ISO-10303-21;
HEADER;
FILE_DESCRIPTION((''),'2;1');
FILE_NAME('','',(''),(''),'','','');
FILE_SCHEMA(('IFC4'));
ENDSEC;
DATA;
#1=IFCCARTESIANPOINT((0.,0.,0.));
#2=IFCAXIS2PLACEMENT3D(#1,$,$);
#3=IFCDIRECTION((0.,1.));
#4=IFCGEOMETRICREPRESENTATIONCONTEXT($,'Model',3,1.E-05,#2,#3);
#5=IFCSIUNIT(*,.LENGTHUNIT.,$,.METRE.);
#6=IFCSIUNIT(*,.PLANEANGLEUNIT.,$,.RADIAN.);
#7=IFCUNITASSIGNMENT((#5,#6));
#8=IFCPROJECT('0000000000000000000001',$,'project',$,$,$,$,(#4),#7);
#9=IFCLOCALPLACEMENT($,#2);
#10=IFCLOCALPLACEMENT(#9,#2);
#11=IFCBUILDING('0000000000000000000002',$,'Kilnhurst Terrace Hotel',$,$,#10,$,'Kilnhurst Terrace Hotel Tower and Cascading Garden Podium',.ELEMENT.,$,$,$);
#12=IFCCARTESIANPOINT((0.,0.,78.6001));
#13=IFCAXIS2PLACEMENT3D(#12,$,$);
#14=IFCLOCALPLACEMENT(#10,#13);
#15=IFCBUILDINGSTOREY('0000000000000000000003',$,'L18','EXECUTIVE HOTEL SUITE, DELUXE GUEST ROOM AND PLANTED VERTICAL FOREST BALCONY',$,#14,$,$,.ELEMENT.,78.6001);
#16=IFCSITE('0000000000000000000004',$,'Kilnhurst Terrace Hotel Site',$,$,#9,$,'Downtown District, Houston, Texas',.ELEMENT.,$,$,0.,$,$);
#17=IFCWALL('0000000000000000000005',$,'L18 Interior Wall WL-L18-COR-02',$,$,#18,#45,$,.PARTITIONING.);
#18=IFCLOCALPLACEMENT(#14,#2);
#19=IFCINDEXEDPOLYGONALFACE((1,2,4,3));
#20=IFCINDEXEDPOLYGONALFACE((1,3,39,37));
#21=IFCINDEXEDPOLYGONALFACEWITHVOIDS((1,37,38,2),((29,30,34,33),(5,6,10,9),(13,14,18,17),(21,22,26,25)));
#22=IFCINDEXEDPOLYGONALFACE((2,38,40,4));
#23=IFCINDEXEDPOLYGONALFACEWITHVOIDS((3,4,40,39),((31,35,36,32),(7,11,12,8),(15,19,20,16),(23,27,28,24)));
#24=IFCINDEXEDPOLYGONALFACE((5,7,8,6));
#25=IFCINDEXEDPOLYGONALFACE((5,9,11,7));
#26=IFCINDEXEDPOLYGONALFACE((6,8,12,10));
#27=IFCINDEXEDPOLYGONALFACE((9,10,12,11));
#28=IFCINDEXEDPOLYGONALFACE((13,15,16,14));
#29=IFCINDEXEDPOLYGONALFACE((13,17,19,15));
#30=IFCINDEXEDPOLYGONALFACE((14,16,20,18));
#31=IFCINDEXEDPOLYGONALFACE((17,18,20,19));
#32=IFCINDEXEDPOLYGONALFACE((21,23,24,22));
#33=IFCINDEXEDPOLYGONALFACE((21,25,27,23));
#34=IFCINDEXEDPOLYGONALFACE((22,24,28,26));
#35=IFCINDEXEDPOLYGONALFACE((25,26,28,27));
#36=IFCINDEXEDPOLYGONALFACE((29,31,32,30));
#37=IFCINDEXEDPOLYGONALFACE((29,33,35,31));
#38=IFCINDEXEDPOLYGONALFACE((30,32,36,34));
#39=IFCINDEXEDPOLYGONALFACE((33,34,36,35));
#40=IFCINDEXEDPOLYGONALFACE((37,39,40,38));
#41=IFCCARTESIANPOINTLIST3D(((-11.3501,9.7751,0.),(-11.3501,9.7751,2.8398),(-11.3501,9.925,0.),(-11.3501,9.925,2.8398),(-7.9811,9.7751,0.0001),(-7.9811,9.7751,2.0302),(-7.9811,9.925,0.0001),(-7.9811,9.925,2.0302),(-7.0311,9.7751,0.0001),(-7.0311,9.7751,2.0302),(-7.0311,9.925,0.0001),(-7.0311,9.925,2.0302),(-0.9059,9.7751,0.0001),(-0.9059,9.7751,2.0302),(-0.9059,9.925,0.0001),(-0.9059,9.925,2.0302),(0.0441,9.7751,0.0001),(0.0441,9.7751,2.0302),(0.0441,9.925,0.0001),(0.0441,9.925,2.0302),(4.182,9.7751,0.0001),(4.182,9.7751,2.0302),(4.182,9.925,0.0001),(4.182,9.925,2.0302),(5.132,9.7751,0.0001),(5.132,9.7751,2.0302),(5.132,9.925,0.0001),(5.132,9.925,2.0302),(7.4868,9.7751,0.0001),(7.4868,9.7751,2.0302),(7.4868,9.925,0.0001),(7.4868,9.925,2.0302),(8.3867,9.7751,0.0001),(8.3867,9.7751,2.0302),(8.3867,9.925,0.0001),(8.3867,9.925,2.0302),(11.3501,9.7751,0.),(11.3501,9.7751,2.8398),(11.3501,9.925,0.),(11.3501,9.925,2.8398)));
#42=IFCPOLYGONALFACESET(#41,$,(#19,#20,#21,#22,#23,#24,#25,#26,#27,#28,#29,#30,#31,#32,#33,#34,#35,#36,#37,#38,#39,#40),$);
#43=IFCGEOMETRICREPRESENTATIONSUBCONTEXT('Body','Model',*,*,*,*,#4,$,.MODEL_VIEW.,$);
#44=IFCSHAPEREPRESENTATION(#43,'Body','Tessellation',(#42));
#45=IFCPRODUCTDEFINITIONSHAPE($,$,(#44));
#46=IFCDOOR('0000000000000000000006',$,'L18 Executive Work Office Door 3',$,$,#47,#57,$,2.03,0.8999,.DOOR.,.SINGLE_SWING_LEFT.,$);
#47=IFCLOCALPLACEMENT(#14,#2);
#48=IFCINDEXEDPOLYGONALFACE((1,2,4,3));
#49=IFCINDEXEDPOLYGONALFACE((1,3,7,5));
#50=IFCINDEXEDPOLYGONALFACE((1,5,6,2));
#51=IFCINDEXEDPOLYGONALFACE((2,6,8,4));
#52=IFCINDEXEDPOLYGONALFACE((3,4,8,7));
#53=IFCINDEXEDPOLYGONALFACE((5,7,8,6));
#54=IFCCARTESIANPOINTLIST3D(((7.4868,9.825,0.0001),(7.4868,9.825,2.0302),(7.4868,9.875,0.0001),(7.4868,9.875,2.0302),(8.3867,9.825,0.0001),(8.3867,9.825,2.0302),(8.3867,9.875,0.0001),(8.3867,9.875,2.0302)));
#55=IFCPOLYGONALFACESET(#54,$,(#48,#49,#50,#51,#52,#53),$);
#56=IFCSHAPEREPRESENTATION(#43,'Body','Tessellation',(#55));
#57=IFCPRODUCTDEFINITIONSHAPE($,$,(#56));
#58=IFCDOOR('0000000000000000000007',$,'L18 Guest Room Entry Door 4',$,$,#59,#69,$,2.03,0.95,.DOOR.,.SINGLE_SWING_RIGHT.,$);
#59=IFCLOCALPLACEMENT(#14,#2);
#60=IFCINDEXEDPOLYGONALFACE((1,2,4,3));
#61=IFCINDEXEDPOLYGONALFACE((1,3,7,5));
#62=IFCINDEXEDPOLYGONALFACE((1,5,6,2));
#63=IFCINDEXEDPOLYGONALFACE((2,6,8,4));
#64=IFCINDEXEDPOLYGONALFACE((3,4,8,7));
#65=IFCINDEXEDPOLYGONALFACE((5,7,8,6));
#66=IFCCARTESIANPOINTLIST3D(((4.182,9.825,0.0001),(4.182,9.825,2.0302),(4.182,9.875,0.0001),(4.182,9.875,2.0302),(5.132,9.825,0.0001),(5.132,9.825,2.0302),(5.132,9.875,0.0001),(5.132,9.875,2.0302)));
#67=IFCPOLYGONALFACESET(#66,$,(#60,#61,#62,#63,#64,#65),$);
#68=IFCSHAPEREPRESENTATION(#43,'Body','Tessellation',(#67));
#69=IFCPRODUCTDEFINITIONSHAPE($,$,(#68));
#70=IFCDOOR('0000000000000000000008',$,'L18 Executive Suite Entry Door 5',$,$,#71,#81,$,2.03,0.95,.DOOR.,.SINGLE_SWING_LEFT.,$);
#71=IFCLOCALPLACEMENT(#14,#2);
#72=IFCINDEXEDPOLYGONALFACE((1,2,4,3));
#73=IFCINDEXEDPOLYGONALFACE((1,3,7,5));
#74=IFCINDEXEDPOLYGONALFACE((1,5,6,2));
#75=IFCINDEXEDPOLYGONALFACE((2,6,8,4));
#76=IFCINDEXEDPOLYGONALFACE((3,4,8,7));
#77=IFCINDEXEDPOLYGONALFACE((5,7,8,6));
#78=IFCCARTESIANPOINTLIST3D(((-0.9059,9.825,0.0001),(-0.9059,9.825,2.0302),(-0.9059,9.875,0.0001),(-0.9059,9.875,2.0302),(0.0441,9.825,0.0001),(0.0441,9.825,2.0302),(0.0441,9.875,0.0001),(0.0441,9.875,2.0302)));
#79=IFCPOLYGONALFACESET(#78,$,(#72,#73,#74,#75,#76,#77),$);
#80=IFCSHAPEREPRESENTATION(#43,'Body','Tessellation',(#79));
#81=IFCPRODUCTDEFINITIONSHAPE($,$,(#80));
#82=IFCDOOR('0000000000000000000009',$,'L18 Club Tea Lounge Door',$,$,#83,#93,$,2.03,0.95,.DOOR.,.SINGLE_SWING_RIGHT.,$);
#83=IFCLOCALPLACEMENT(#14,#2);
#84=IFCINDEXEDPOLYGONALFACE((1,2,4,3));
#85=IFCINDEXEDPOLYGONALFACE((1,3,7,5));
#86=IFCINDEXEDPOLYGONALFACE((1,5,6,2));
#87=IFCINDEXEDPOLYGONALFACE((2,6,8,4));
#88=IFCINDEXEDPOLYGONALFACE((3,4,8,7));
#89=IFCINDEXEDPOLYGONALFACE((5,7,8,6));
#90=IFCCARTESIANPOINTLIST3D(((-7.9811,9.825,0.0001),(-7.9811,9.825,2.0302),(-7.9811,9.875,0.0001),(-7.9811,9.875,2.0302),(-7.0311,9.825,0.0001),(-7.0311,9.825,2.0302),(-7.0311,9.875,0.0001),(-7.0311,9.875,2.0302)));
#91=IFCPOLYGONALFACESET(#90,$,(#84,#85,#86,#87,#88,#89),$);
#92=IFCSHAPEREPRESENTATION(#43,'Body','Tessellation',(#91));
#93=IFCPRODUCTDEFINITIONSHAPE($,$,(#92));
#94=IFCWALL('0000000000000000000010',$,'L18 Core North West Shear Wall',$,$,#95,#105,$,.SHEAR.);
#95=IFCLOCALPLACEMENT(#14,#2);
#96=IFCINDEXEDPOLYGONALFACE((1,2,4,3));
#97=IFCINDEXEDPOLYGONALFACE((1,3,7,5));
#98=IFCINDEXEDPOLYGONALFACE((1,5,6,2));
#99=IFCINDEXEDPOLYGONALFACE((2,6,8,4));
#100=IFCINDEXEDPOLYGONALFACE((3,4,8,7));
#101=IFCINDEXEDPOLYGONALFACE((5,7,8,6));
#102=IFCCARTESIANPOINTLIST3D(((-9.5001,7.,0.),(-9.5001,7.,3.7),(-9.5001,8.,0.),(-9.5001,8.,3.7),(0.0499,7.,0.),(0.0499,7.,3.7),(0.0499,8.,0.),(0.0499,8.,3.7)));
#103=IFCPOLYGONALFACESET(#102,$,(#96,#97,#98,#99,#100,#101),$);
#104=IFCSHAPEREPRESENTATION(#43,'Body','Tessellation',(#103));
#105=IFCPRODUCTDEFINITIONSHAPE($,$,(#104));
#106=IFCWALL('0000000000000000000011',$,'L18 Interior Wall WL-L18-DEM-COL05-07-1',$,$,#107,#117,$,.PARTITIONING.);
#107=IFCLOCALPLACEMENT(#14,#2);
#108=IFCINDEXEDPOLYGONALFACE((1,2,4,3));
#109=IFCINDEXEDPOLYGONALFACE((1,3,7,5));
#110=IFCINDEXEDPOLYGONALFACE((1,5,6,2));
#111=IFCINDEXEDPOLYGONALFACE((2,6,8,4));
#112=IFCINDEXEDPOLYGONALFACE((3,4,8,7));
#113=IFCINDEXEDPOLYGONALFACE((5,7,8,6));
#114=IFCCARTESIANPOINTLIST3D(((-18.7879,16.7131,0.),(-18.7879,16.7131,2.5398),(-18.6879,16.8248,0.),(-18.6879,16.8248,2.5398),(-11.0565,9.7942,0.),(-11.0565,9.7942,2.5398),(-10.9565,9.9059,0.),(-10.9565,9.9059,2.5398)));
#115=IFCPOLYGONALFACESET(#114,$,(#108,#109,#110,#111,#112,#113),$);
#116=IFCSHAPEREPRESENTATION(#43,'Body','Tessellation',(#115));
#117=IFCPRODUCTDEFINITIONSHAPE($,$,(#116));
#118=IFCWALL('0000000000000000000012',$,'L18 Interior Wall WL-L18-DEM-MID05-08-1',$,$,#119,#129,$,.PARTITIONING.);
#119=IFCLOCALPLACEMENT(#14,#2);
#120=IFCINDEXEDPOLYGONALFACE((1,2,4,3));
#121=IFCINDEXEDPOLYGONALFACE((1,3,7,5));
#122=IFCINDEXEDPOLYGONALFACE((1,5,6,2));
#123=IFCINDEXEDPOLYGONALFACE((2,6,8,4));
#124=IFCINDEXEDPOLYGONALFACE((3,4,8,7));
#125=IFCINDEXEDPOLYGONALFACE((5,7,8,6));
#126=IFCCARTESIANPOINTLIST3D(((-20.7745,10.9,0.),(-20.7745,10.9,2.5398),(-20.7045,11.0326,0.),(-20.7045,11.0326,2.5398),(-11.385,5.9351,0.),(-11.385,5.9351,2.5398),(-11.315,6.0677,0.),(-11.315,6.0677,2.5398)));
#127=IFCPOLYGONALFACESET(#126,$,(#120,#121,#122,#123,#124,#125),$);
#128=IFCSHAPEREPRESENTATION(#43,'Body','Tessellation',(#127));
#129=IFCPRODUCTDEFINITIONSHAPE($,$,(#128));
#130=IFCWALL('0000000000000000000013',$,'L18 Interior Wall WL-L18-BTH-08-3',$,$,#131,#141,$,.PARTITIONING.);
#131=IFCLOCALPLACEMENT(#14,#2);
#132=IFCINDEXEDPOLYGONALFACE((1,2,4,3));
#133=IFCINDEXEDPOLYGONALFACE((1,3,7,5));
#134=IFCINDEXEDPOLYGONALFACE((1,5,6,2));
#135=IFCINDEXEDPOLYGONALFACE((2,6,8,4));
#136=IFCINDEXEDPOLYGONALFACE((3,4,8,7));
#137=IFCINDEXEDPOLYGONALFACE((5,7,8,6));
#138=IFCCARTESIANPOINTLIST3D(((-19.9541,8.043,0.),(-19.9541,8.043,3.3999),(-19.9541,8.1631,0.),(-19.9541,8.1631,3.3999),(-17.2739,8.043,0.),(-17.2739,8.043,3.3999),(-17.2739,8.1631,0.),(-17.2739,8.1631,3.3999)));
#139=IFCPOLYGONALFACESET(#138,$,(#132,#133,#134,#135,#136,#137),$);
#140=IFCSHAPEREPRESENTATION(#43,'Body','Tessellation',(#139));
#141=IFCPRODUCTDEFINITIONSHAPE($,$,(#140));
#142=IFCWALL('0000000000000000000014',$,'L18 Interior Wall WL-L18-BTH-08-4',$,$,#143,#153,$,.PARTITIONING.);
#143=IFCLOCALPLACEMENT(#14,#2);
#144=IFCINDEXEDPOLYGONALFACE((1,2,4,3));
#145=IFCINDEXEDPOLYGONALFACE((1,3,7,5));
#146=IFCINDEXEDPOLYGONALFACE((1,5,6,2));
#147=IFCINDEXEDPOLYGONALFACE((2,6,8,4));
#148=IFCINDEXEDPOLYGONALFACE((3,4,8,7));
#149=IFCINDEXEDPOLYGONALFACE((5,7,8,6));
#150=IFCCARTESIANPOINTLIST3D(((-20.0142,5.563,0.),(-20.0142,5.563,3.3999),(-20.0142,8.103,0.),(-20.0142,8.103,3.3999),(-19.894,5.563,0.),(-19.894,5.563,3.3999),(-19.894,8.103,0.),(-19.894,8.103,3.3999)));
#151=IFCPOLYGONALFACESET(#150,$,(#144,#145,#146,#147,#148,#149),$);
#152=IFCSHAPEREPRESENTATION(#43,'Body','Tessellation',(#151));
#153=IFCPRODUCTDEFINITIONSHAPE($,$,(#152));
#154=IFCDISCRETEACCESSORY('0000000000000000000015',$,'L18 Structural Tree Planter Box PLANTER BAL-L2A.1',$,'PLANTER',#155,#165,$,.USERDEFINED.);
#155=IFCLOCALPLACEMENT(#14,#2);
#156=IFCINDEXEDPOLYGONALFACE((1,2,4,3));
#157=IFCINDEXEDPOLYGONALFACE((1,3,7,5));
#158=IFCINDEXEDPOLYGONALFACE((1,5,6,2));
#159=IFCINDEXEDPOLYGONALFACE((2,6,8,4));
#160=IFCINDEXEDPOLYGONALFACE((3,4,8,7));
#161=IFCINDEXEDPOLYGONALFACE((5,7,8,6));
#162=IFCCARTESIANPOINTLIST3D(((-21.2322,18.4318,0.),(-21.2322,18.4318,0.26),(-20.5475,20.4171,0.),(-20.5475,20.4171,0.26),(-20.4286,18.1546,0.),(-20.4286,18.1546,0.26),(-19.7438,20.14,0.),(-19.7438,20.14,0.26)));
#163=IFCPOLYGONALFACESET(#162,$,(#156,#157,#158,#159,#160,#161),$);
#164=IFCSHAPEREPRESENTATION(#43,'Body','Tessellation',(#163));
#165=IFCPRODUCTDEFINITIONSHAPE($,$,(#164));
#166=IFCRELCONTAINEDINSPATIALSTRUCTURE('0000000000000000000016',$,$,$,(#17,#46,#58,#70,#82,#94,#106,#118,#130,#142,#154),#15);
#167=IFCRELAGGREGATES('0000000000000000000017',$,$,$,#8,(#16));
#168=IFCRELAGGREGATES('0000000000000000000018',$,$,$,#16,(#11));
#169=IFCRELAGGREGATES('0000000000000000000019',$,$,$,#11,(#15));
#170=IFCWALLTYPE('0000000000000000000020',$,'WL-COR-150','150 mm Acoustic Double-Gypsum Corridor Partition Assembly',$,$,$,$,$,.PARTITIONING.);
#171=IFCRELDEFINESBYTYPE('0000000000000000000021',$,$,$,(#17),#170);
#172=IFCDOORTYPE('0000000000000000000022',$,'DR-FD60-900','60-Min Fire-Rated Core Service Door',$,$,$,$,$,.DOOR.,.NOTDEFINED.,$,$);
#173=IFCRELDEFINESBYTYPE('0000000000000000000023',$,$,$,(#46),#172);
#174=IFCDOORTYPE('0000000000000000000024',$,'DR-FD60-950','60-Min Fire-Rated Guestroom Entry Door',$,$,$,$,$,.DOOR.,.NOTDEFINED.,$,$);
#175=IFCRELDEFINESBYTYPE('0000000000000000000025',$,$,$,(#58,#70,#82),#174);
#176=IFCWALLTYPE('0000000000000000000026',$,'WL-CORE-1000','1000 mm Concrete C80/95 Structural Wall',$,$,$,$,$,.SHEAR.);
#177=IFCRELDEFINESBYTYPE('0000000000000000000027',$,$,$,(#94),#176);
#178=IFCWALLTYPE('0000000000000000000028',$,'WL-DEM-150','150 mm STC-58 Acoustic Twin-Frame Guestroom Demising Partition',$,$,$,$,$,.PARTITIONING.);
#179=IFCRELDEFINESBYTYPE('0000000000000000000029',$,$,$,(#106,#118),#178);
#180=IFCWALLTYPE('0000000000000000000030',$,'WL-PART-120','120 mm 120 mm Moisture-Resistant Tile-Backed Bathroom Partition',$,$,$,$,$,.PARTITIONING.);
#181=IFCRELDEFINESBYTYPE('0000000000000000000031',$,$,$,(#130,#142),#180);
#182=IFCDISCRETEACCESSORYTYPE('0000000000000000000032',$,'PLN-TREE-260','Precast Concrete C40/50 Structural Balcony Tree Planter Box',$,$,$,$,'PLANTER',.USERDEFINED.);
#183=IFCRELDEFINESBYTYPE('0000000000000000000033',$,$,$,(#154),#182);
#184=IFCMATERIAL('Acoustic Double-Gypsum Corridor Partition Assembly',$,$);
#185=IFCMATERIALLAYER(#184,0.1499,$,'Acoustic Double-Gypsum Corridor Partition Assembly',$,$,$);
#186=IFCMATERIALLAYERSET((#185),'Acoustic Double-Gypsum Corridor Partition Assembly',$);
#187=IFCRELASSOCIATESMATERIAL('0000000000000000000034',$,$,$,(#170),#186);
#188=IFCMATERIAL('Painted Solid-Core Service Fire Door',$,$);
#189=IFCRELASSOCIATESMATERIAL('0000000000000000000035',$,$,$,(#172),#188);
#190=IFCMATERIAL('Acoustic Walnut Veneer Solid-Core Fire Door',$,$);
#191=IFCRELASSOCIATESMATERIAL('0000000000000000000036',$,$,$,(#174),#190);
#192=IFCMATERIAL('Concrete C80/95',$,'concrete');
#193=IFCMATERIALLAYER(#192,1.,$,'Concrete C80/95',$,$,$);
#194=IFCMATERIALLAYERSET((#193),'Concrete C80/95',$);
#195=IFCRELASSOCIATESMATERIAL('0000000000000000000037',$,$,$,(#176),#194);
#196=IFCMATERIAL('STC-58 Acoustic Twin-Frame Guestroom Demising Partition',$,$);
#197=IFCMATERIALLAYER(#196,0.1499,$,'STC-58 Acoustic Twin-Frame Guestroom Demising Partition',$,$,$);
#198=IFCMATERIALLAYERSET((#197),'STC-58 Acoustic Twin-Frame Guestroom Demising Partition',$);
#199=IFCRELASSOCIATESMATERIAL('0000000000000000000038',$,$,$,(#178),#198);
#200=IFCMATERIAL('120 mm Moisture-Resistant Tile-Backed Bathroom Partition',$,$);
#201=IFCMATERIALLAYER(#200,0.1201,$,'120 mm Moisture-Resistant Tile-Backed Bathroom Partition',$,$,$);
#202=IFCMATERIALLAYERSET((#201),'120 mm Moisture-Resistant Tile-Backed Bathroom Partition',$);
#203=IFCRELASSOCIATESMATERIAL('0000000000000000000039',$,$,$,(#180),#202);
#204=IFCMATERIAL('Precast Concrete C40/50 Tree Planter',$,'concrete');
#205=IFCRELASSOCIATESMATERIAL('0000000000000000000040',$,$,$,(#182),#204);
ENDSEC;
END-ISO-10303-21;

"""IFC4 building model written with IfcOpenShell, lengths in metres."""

from ifc_helpers import new_model, si_unit, direction, frame, frame_2d, origin, origin_2d, place, context, subcontext, project, spatial, rectangle, extrude, material, layer, layer_set, type_object, element, fill, save


model = new_model("IFC4")

# Units and contexts
model_context = context("Model", 3, precision=1e-05, world=origin(), true_north=direction((0.0, 1.0)))
body_context = subcontext(model_context, "Body", "Model", "MODEL_VIEW")
ifc_project = project(units=[si_unit("LENGTHUNIT", "METRE"), si_unit("PLANEANGLEUNIT", "RADIAN")], contexts=[model_context])

# Site, building, storey
site_placement = place(None, origin())
site = spatial("IfcSite", under=ifc_project, at=site_placement, Name="Kilnhurst Terrace Hotel Site", LongName="Downtown District, Houston, Texas", CompositionType="ELEMENT", RefElevation=0.0)
building_placement = place(site_placement, origin())
building = spatial("IfcBuilding", under=site, at=building_placement, Name="Kilnhurst Terrace Hotel", LongName="Kilnhurst Terrace Hotel Tower and Cascading Garden Podium", CompositionType="ELEMENT")
storey_placement = place(building_placement, frame((0.0, 0.0, 78.6001)))
storey = spatial("IfcBuildingStorey", under=building, at=storey_placement, Name="L18", Description="EXECUTIVE HOTEL SUITE, DELUXE GUEST ROOM AND PLANTED VERTICAL FOREST BALCONY", CompositionType="ELEMENT", Elevation=78.6001)

# Shared definitions
ifc_material_1 = material(Name="Concrete C80/95", Category="concrete")

# Wall, openings, doors
ifc_material_2 = material(Name="Acoustic Double-Gypsum Corridor Partition Assembly")
ifc_layer_1 = layer(ifc_material_2, 0.1499, Name="Acoustic Double-Gypsum Corridor Partition Assembly")
ifc_layer_set_1 = layer_set([ifc_layer_1], Name="Acoustic Double-Gypsum Corridor Partition Assembly")
wall_type_1 = type_object("IfcWallType", Name="WL-COR-150", Description="150 mm Acoustic Double-Gypsum Corridor Partition Assembly", PredefinedType="PARTITIONING", material=ifc_layer_set_1)
wall_1_placement = place(storey_placement, frame((-11.3501, 9.8501, 0.0), z_axis=(0.0, 0.0, 1.0), x_axis=(1.0, 0.0, 0.0)))
wall_1 = element("IfcWall", 1, at=wall_1_placement, inside=storey, type_object=wall_type_1, Name="L18 Interior Wall WL-L18-COR-02", PredefinedType="PARTITIONING", context=body_context, shape_type="SweptSolid", body=[
    extrude(rectangle(XDim=22.7002, YDim=0.1499, at=frame_2d((11.3501, 0.0))), origin(), (0.0, 0.0, 1.0), 2.8398),
])
opening_1_placement = place(wall_1_placement, frame((18.8369, 0.0, 0.0)))
opening_1 = element("IfcOpeningElement", 2, at=opening_1_placement, cuts=wall_1, PredefinedType="OPENING", context=body_context, shape_type="SweptSolid", body=[
    extrude(rectangle(XDim=0.8999, YDim=2.03, at=frame_2d((0.45, 1.0151))), frame((0.0, 0.085, 0.0), z_axis=(0.0, -1.0, 0.0), x_axis=(1.0, 0.0, 0.0)), (0.0, 0.0, 1.0), 0.1699),
])
opening_2_placement = place(wall_1_placement, frame((15.532, 0.0, 0.0)))
opening_2 = element("IfcOpeningElement", 3, at=opening_2_placement, cuts=wall_1, PredefinedType="OPENING", context=body_context, shape_type="SweptSolid", body=[
    extrude(rectangle(XDim=0.95, YDim=2.03, at=frame_2d((0.4751, 1.0151))), frame((0.0, 0.085, 0.0), z_axis=(0.0, -1.0, 0.0), x_axis=(1.0, 0.0, 0.0)), (0.0, 0.0, 1.0), 0.1699),
])
opening_3_placement = place(wall_1_placement, frame((10.4441, 0.0, 0.0)))
opening_3 = element("IfcOpeningElement", 4, at=opening_3_placement, cuts=wall_1, PredefinedType="OPENING", context=body_context, shape_type="SweptSolid", body=[
    extrude(rectangle(XDim=0.95, YDim=2.03, at=frame_2d((0.4751, 1.0151))), frame((0.0, 0.085, 0.0), z_axis=(0.0, -1.0, 0.0), x_axis=(1.0, 0.0, 0.0)), (0.0, 0.0, 1.0), 0.1699),
])
opening_4_placement = place(wall_1_placement, frame((3.3689, 0.0, 0.0)))
opening_4 = element("IfcOpeningElement", 5, at=opening_4_placement, cuts=wall_1, PredefinedType="OPENING", context=body_context, shape_type="SweptSolid", body=[
    extrude(rectangle(XDim=0.95, YDim=2.03, at=frame_2d((0.4751, 1.0151))), frame((0.0, 0.085, 0.0), z_axis=(0.0, -1.0, 0.0), x_axis=(1.0, 0.0, 0.0)), (0.0, 0.0, 1.0), 0.1699),
])
ifc_material_3 = material(Name="Painted Solid-Core Service Fire Door")
door_type_1 = type_object("IfcDoorType", Name="DR-FD60-900", Description="60-Min Fire-Rated Core Service Door", OperationType="NOTDEFINED", PredefinedType="DOOR", material=ifc_material_3)
door_1_placement = place(opening_1_placement, origin())
door_1 = element("IfcDoor", 6, at=door_1_placement, inside=storey, type_object=door_type_1, Name="L18 Executive Work Office Door 3", OperationType="SINGLE_SWING_LEFT", OverallHeight=2.03, OverallWidth=0.8999, PredefinedType="DOOR", context=body_context, shape_type="SweptSolid", body=[
    extrude(rectangle(XDim=0.8999, YDim=2.03, at=frame_2d((0.45, 1.0151))), frame((0.0, 0.0249, 0.0), z_axis=(0.0, -1.0, 0.0), x_axis=(1.0, 0.0, 0.0)), (0.0, 0.0, 1.0), 0.05),
])
fill(opening_1, door_1)
ifc_material_4 = material(Name="Acoustic Walnut Veneer Solid-Core Fire Door")
door_type_2 = type_object("IfcDoorType", Name="DR-FD60-950", Description="60-Min Fire-Rated Guestroom Entry Door", OperationType="NOTDEFINED", PredefinedType="DOOR", material=ifc_material_4)
door_2_placement = place(opening_2_placement, origin())
door_2 = element("IfcDoor", 7, at=door_2_placement, inside=storey, type_object=door_type_2, Name="L18 Guest Room Entry Door 4", OperationType="SINGLE_SWING_RIGHT", OverallHeight=2.03, OverallWidth=0.95, PredefinedType="DOOR", context=body_context, shape_type="SweptSolid", body=[
    extrude(rectangle(XDim=0.95, YDim=2.03, at=frame_2d((0.4751, 1.0151))), frame((0.0, 0.0249, 0.0), z_axis=(0.0, -1.0, 0.0), x_axis=(1.0, 0.0, 0.0)), (0.0, 0.0, 1.0), 0.05),
])
fill(opening_2, door_2)
door_3_placement = place(opening_3_placement, origin())
door_3 = element("IfcDoor", 8, at=door_3_placement, inside=storey, type_object=door_type_2, Name="L18 Executive Suite Entry Door 5", OperationType="SINGLE_SWING_LEFT", OverallHeight=2.03, OverallWidth=0.95, PredefinedType="DOOR", context=body_context, shape_type="SweptSolid", body=[
    extrude(rectangle(XDim=0.95, YDim=2.03, at=frame_2d((0.4751, 1.0151))), frame((0.0, 0.0249, 0.0), z_axis=(0.0, -1.0, 0.0), x_axis=(1.0, 0.0, 0.0)), (0.0, 0.0, 1.0), 0.05),
])
fill(opening_3, door_3)
door_4_placement = place(opening_4_placement, origin())
door_4 = element("IfcDoor", 9, at=door_4_placement, inside=storey, type_object=door_type_2, Name="L18 Club Tea Lounge Door", OperationType="SINGLE_SWING_RIGHT", OverallHeight=2.03, OverallWidth=0.95, PredefinedType="DOOR", context=body_context, shape_type="SweptSolid", body=[
    extrude(rectangle(XDim=0.95, YDim=2.03, at=frame_2d((0.4751, 1.0151))), frame((0.0, 0.0249, 0.0), z_axis=(0.0, -1.0, 0.0), x_axis=(1.0, 0.0, 0.0)), (0.0, 0.0, 1.0), 0.05),
])
fill(opening_4, door_4)

# Walls
ifc_layer_2 = layer(ifc_material_1, 1.0, Name="Concrete C80/95")
ifc_layer_set_2 = layer_set([ifc_layer_2], Name="Concrete C80/95")
wall_type_2 = type_object("IfcWallType", Name="WL-CORE-1000", Description="1000 mm Concrete C80/95 Structural Wall", PredefinedType="SHEAR", material=ifc_layer_set_2)
wall_2_placement = place(storey_placement, frame((-9.5, 7.5, 0.0), z_axis=(0.0, 0.0, 1.0), x_axis=(1.0, 0.0, 0.0)))
element("IfcWall", 10, at=wall_2_placement, inside=storey, type_object=wall_type_2, Name="L18 Core North West Shear Wall", PredefinedType="SHEAR", context=body_context, shape_type="SweptSolid", body=[
    extrude(rectangle(XDim=9.55, YDim=1.0, at=frame_2d((4.7749, 0.0))), origin(), (0.0, 0.0, 1.0), 3.7),
])
ifc_material_5 = material(Name="STC-58 Acoustic Twin-Frame Guestroom Demising Partition")
ifc_layer_3 = layer(ifc_material_5, 0.1499, Name="STC-58 Acoustic Twin-Frame Guestroom Demising Partition")
ifc_layer_set_3 = layer_set([ifc_layer_3], Name="STC-58 Acoustic Twin-Frame Guestroom Demising Partition")
wall_type_3 = type_object("IfcWallType", Name="WL-DEM-150", Description="150 mm STC-58 Acoustic Twin-Frame Guestroom Demising Partition", PredefinedType="PARTITIONING", material=ifc_layer_set_3)
wall_3_placement = place(storey_placement, frame((-11.0066, 9.8501, 0.0), z_axis=(0.0, 0.0, 1.0), x_axis=(-0.745177, 0.666866, 0.0)))
element("IfcWall", 11, at=wall_3_placement, inside=storey, type_object=wall_type_3, Name="L18 Interior Wall WL-L18-DEM-COL05-07-1", PredefinedType="PARTITIONING", context=body_context, shape_type="SweptSolid", body=[
    extrude(rectangle(XDim=10.3752, YDim=0.1499, at=frame_2d((5.1875, 0.0))), origin(), (0.0, 0.0, 1.0), 2.5398),
])
wall_4_placement = place(storey_placement, frame((-11.3501, 6.0015, 0.0), z_axis=(0.0, 0.0, 1.0), x_axis=(-0.884022, 0.467445, 0.0)))
element("IfcWall", 12, at=wall_4_placement, inside=storey, type_object=wall_type_3, Name="L18 Interior Wall WL-L18-DEM-MID05-08-1", PredefinedType="PARTITIONING", context=body_context, shape_type="SweptSolid", body=[
    extrude(rectangle(XDim=10.6213, YDim=0.1499, at=frame_2d((5.3105, 0.0))), origin(), (0.0, 0.0, 1.0), 2.5398),
])
ifc_material_6 = material(Name="120 mm Moisture-Resistant Tile-Backed Bathroom Partition")
ifc_layer_4 = layer(ifc_material_6, 0.1201, Name="120 mm Moisture-Resistant Tile-Backed Bathroom Partition")
ifc_layer_set_4 = layer_set([ifc_layer_4], Name="120 mm Moisture-Resistant Tile-Backed Bathroom Partition")
wall_type_4 = type_object("IfcWallType", Name="WL-PART-120", Description="120 mm 120 mm Moisture-Resistant Tile-Backed Bathroom Partition", PredefinedType="PARTITIONING", material=ifc_layer_set_4)
wall_5_placement = place(storey_placement, frame((-17.2739, 8.103, 0.0), z_axis=(0.0, 0.0, 1.0), x_axis=(-1.0, 0.0, 0.0)))
element("IfcWall", 13, at=wall_5_placement, inside=storey, type_object=wall_type_4, Name="L18 Interior Wall WL-L18-BTH-08-3", PredefinedType="PARTITIONING", context=body_context, shape_type="SweptSolid", body=[
    extrude(rectangle(XDim=2.6802, YDim=0.1201, at=frame_2d((1.3401, 0.0))), origin(), (0.0, 0.0, 1.0), 3.3999),
])
wall_6_placement = place(storey_placement, frame((-19.9541, 8.103, 0.0), z_axis=(0.0, 0.0, 1.0), x_axis=(0.0, -1.0, 0.0)))
element("IfcWall", 14, at=wall_6_placement, inside=storey, type_object=wall_type_4, Name="L18 Interior Wall WL-L18-BTH-08-4", PredefinedType="PARTITIONING", context=body_context, shape_type="SweptSolid", body=[
    extrude(rectangle(XDim=2.54, YDim=0.1201, at=frame_2d((1.27, 0.0))), origin(), (0.0, 0.0, 1.0), 3.3999),
])

# Discrete accessory
ifc_material_7 = material(Name="Precast Concrete C40/50 Tree Planter", Category="concrete")
discrete_accessory_type = type_object("IfcDiscreteAccessoryType", Name="PLN-TREE-260", Description="Precast Concrete C40/50 Structural Balcony Tree Planter Box", ElementType="PLANTER", PredefinedType="USERDEFINED", material=ifc_material_7)
discrete_accessory_placement = place(storey_placement, frame((-20.488, 19.2859, 0.0), z_axis=(0.0, 0.0, 1.0), x_axis=(-0.326063, -0.945348, 0.0)))
element("IfcDiscreteAccessory", 15, at=discrete_accessory_placement, inside=storey, type_object=discrete_accessory_type, Name="L18 Structural Tree Planter Box PLANTER BAL-L2A.1", ObjectType="PLANTER", PredefinedType="USERDEFINED", context=body_context, shape_type="SweptSolid", body=[
    extrude(rectangle(XDim=2.1001, YDim=0.8501, at=origin_2d()), origin(), (0.0, 0.0, 1.0), 0.26),
])

save(model, "model.ifc")
